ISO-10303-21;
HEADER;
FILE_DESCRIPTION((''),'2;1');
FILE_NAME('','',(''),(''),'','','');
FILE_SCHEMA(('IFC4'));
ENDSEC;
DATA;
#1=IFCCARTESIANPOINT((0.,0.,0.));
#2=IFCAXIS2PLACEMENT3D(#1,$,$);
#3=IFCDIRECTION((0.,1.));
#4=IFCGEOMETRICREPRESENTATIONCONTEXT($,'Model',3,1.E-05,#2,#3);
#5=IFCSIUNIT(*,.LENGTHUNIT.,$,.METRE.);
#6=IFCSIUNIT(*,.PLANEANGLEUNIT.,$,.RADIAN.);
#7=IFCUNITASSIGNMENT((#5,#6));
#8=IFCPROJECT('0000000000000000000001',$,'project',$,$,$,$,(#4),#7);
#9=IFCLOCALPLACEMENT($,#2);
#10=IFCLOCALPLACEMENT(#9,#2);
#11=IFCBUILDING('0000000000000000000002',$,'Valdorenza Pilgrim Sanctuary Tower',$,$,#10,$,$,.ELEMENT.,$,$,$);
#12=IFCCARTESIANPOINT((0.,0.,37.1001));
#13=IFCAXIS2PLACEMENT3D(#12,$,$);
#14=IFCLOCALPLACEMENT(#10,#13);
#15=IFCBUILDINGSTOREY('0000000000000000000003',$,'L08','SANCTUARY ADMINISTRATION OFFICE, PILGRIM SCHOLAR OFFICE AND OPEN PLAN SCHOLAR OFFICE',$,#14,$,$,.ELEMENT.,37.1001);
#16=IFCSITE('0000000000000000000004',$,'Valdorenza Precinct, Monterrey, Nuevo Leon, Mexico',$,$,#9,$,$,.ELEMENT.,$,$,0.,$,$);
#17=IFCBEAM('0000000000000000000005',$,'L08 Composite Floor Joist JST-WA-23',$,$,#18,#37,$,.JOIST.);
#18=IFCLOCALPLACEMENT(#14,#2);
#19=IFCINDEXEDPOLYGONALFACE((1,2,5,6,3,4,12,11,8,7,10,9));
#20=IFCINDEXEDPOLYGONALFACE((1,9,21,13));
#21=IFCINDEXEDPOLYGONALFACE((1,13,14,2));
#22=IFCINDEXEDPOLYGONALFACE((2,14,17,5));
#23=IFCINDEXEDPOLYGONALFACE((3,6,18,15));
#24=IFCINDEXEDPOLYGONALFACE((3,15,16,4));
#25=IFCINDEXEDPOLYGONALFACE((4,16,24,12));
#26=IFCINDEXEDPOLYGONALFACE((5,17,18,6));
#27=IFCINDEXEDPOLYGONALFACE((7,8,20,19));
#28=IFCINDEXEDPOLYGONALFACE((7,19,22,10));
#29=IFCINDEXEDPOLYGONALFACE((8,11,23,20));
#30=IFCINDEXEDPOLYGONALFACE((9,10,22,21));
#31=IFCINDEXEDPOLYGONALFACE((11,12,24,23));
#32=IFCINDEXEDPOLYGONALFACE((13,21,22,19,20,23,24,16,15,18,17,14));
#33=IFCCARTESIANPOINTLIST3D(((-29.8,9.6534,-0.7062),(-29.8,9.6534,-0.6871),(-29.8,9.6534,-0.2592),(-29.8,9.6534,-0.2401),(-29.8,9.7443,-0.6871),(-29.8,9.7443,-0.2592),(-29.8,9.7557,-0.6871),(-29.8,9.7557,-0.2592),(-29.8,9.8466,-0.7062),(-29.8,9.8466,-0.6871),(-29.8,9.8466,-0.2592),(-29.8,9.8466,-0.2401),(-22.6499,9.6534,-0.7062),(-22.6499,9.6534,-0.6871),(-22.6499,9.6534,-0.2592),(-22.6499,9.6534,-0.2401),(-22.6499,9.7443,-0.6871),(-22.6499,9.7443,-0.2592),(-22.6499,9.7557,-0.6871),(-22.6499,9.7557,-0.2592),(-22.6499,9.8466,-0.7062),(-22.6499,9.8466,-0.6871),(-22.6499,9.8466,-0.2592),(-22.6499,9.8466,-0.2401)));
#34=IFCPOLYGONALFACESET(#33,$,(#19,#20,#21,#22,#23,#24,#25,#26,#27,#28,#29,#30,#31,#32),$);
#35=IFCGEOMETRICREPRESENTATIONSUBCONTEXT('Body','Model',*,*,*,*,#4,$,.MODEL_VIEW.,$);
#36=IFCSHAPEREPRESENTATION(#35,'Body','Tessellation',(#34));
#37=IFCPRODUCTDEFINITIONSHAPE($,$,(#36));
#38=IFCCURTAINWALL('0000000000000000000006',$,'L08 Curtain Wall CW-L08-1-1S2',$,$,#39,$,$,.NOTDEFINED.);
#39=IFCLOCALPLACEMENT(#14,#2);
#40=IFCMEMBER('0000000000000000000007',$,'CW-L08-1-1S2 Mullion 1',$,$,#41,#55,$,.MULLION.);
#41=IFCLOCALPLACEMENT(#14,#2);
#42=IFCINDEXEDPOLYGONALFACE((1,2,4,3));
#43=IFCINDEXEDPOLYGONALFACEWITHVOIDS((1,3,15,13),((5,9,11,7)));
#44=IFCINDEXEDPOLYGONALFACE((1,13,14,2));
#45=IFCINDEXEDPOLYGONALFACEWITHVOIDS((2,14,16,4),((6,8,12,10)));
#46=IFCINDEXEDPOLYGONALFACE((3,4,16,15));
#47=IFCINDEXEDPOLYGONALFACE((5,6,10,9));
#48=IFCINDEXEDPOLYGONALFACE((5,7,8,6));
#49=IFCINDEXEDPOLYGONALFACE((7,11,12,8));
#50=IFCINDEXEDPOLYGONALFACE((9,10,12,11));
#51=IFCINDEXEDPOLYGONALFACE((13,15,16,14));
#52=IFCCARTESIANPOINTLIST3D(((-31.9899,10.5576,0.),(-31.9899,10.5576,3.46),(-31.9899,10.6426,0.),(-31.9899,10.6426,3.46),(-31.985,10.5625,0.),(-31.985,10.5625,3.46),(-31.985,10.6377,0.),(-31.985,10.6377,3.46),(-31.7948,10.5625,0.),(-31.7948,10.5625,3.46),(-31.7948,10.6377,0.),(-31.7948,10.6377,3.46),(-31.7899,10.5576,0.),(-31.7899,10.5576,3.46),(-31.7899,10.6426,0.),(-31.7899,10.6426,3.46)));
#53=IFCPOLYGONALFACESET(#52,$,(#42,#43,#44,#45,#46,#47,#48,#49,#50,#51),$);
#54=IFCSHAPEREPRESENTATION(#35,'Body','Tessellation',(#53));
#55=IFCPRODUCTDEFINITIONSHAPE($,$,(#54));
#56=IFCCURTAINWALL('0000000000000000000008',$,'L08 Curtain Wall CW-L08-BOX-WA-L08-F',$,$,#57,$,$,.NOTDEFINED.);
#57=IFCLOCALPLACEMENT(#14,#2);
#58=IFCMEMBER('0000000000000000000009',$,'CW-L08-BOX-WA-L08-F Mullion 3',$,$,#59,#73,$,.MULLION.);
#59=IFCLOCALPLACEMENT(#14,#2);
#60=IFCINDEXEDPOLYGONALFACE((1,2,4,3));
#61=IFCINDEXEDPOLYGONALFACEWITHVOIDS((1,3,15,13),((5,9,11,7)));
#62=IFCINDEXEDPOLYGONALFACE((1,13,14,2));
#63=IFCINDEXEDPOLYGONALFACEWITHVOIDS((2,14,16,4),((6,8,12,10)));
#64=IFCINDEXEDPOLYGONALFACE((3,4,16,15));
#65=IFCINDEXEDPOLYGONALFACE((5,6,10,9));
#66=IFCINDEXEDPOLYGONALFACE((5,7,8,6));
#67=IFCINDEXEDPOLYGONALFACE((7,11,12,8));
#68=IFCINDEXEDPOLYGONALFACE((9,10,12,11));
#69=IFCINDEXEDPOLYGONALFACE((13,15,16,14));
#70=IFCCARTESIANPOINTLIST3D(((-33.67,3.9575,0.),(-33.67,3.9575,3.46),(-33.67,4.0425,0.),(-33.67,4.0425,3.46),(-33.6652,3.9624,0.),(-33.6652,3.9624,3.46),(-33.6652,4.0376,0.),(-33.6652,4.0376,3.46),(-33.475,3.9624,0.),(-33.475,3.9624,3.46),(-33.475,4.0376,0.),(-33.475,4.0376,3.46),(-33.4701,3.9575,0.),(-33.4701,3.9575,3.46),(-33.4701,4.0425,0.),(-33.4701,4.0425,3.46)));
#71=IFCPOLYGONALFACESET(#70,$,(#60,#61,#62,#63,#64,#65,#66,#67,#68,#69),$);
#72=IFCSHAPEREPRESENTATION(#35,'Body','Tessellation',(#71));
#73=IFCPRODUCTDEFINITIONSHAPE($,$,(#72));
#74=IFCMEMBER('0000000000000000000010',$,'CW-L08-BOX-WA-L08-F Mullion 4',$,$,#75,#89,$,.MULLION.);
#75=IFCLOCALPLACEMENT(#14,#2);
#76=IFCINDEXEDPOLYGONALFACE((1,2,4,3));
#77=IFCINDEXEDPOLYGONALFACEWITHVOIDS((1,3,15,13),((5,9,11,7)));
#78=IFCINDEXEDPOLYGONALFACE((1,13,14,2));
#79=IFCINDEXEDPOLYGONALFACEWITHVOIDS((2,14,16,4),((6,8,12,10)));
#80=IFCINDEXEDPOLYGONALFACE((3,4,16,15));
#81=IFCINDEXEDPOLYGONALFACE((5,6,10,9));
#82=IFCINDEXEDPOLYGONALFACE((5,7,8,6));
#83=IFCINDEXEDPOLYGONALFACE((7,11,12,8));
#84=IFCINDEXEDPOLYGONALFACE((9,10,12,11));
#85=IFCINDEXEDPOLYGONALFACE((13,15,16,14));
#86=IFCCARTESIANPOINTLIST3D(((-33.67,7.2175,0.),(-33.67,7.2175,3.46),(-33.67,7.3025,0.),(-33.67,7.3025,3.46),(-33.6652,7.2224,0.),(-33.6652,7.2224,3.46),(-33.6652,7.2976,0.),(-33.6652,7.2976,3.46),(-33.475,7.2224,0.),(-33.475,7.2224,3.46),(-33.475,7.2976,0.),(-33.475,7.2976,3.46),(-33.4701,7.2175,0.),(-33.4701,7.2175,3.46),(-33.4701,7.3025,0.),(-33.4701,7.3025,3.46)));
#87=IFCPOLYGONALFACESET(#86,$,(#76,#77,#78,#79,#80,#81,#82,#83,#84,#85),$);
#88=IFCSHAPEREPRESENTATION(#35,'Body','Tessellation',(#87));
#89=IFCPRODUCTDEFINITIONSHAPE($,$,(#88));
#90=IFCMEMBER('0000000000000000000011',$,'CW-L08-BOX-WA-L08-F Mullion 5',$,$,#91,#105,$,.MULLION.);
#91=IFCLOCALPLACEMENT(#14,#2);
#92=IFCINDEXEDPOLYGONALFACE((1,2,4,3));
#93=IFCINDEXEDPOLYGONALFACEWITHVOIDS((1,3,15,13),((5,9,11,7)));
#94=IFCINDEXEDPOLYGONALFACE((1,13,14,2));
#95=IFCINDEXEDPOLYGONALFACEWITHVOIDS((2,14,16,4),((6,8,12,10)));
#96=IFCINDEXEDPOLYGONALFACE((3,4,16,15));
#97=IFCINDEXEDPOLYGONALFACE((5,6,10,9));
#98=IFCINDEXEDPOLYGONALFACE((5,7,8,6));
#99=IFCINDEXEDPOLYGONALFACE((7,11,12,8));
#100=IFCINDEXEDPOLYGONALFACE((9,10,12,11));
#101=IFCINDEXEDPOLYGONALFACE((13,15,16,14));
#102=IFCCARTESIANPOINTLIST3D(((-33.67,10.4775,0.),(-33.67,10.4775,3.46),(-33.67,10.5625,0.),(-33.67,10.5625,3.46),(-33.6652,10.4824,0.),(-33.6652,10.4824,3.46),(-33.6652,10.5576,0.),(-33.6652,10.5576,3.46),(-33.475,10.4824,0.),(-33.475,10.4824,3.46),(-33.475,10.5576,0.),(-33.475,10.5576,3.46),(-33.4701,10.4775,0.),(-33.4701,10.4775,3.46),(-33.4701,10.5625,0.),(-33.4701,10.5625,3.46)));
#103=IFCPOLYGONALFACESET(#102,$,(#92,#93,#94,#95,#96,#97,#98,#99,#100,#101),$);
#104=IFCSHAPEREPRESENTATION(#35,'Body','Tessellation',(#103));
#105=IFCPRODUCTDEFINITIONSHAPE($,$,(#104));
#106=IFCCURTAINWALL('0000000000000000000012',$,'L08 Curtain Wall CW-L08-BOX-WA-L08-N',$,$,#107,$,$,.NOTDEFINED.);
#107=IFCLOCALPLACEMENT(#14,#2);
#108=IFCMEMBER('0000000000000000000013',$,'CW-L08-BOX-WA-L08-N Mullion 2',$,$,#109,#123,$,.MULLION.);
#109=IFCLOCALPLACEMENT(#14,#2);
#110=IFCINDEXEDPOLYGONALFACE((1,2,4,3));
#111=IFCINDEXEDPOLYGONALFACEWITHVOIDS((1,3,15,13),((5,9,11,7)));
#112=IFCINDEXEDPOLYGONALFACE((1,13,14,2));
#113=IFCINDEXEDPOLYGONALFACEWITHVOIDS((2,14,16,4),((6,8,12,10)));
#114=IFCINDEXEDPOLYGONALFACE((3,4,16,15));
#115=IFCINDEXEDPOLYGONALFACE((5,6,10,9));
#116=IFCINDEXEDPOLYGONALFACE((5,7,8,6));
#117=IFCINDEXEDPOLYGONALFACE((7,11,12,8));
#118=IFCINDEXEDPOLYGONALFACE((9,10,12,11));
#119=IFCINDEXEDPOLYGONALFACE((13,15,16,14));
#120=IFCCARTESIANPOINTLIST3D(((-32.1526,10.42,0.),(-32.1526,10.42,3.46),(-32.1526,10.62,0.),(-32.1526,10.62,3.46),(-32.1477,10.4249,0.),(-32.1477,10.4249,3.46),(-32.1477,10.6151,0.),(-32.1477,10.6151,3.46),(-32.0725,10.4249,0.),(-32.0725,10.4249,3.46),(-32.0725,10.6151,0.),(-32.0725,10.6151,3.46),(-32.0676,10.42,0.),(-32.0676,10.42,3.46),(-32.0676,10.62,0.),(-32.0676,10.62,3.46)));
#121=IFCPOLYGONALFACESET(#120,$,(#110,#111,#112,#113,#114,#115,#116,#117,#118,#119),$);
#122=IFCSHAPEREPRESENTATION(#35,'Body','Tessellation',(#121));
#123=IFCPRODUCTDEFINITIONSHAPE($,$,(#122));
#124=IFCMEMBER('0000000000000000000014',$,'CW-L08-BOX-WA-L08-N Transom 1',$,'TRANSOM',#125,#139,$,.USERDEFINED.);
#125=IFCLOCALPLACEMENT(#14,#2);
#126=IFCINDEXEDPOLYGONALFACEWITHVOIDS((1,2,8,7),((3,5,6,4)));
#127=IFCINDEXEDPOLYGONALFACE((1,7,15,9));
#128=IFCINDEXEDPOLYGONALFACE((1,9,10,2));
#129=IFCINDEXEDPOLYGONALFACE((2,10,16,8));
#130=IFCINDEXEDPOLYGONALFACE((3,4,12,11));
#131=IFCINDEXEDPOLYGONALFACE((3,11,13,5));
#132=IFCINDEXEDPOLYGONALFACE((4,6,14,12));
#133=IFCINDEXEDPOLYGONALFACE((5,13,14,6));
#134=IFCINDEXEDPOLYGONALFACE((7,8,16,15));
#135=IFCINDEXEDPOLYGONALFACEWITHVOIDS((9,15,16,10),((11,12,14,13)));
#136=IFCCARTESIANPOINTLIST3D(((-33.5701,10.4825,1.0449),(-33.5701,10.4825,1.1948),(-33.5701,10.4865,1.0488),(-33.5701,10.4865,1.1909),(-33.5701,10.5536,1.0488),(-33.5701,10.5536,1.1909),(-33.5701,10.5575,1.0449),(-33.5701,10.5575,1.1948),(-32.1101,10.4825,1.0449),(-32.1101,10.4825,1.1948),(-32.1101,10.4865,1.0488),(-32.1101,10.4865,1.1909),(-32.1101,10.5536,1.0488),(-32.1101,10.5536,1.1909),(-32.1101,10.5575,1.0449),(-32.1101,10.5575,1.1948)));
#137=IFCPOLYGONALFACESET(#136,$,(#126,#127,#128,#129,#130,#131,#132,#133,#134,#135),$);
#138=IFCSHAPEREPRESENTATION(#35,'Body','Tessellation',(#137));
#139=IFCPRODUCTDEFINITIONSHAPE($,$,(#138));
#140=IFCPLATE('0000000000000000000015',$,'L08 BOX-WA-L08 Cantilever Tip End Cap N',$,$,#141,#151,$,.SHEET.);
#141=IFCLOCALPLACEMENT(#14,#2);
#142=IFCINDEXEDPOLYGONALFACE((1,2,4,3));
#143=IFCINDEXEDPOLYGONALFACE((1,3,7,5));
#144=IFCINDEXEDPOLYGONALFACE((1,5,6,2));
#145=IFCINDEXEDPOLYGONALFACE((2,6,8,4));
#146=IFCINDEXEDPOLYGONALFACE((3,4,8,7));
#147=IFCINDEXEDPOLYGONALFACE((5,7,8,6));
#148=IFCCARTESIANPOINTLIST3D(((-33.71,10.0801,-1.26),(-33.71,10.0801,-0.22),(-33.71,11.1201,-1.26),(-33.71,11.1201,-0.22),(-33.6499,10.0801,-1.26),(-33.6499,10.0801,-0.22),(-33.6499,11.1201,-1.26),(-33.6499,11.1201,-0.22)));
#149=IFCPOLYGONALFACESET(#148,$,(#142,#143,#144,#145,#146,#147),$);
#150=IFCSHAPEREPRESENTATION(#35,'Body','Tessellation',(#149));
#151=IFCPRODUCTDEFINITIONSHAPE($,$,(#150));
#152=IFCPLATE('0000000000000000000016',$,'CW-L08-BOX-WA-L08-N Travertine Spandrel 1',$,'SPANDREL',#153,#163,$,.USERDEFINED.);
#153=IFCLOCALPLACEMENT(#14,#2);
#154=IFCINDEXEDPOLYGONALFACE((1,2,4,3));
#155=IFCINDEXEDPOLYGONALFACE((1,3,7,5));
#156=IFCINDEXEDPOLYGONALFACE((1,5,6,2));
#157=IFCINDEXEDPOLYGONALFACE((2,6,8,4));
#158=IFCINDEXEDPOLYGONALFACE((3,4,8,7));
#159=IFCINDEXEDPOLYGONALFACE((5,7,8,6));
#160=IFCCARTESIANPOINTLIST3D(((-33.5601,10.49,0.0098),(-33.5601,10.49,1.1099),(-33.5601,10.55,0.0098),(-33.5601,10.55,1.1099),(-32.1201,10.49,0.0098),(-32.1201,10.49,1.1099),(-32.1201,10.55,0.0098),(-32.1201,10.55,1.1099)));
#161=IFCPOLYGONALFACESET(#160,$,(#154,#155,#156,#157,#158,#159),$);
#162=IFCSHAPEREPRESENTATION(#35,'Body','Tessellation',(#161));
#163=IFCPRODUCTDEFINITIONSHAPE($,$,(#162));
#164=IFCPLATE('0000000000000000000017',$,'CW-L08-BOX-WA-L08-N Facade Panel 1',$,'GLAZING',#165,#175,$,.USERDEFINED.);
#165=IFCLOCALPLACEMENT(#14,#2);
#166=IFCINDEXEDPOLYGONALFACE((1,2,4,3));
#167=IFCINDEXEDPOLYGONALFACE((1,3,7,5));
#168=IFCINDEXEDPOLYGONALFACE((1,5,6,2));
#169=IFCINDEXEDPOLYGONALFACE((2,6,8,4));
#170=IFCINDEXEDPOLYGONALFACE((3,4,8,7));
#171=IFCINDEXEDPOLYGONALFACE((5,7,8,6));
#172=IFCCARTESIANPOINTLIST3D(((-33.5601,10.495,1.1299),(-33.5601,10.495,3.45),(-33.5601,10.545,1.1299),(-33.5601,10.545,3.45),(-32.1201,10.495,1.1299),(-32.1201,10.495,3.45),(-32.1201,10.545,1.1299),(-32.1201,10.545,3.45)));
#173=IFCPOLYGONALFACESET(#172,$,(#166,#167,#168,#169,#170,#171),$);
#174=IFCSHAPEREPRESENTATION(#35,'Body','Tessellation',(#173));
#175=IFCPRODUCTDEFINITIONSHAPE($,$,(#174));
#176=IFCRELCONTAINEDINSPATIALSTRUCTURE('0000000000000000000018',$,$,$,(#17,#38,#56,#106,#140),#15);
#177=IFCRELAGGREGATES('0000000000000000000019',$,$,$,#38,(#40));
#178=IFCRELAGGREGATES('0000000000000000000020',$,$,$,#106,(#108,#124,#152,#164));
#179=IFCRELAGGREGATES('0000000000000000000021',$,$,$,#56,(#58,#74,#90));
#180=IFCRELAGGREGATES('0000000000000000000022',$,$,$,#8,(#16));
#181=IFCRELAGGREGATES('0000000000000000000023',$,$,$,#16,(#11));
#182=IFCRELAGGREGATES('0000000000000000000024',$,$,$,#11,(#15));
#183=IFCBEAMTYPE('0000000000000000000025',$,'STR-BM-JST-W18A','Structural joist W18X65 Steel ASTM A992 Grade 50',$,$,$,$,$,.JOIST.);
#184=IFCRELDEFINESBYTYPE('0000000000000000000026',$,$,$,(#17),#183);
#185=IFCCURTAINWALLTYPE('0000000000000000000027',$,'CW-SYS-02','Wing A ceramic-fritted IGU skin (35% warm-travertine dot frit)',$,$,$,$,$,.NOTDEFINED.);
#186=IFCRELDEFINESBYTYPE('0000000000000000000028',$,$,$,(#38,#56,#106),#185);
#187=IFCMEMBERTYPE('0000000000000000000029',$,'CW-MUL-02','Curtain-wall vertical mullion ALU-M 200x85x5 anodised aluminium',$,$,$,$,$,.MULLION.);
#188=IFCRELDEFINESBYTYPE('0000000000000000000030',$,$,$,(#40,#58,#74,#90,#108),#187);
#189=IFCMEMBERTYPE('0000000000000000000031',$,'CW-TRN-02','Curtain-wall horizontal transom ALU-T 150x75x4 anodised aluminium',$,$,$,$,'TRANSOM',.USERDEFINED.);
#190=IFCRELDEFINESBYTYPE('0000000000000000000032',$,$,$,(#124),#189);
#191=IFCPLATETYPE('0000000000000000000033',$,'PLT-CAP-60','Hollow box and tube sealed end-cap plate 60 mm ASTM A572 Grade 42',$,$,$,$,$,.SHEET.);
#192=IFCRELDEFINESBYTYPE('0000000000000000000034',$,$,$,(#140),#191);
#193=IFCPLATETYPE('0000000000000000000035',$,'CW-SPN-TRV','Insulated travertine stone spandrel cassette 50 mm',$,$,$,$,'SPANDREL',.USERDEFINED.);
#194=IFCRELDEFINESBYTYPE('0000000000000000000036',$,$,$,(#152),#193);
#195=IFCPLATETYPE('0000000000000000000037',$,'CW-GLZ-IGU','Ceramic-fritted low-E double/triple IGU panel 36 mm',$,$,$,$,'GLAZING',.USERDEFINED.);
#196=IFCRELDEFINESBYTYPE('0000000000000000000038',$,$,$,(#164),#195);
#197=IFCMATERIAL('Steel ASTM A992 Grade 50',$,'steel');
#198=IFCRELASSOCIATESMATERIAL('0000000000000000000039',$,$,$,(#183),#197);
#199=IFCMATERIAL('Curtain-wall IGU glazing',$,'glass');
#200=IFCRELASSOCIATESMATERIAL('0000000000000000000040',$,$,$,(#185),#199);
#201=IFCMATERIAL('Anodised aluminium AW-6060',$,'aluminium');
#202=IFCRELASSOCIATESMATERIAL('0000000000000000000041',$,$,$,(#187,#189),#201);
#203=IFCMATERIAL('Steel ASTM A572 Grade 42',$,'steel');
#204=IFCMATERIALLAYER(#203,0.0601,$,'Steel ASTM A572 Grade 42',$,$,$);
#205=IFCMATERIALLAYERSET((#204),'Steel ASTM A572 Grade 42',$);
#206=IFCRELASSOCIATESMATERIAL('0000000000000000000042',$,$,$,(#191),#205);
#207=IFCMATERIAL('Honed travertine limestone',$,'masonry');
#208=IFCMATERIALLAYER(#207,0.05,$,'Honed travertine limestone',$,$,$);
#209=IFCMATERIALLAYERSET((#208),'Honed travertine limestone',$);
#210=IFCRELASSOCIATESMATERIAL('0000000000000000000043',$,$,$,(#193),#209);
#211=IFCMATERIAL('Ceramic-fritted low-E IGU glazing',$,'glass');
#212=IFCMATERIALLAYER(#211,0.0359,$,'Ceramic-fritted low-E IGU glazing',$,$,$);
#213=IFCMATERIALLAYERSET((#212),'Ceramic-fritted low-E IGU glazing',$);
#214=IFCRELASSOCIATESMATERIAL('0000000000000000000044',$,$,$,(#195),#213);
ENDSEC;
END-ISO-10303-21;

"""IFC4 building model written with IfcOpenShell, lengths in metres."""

from ifc_helpers import new_model, si_unit, direction, frame, origin, origin_2d, place, context, subcontext, project, spatial, rectangle, hollow_rectangle, i_section, extrude, source, transform, mapped, material, layer, layer_set, material_profile, profile_set, type_object, element, aggregate, save


model = new_model("IFC4")

# Units and contexts
model_context = context("Model", 3, precision=1e-05, world=origin(), true_north=direction((0.0, 1.0)))
body_context = subcontext(model_context, "Body", "Model", "MODEL_VIEW")
ifc_project = project(units=[si_unit("LENGTHUNIT", "METRE"), si_unit("PLANEANGLEUNIT", "RADIAN")], contexts=[model_context])

# Site, building, storey
site_placement = place(None, origin())
site = spatial("IfcSite", under=ifc_project, at=site_placement, Name="Valdorenza Precinct, Monterrey, Nuevo Leon, Mexico", CompositionType="ELEMENT", RefElevation=0.0)
building_placement = place(site_placement, origin())
building = spatial("IfcBuilding", under=site, at=building_placement, Name="Valdorenza Pilgrim Sanctuary Tower", CompositionType="ELEMENT")
storey_placement = place(building_placement, frame((0.0, 0.0, 37.1001)))
storey = spatial("IfcBuildingStorey", under=building, at=storey_placement, Name="L08", Description="SANCTUARY ADMINISTRATION OFFICE, PILGRIM SCHOLAR OFFICE AND OPEN PLAN SCHOLAR OFFICE", CompositionType="ELEMENT", Elevation=37.1001)

# Beam
ifc_material_1 = material(Name="Steel ASTM A992 Grade 50", Category="steel")
ifc_material_profile_1 = material_profile(ifc_material_1, i_section(OverallWidth=0.1931, OverallDepth=0.4661, WebThickness=0.0115, FlangeThickness=0.019, at=origin_2d()), Name="W18X65")
ifc_profile_set_1 = profile_set([ifc_material_profile_1], Name="Steel ASTM A992 Grade 50")
beam_type = type_object("IfcBeamType", Name="STR-BM-JST-W18A", Description="Structural joist W18X65 Steel ASTM A992 Grade 50", PredefinedType="JOIST", material=ifc_profile_set_1)
shared_shape_1 = source(origin(), body_context, "Body", "SweptSolid", [
    extrude(i_section(OverallWidth=0.1931, OverallDepth=0.4661, WebThickness=0.0115, FlangeThickness=0.019, at=origin_2d()), origin(), (0.0, 0.0, 1.0), 7.1501),
])
for number, where, z_axis, x_axis, name in (
    (1, (-29.8, 9.75, -0.4731), (1.0, 0.0, 0.0), (0.0, 1.0, 0.0), "L08 Composite Floor Joist JST-WA-23"),
):
    element("IfcBeam", number, at=place(storey_placement, frame(where, z_axis=z_axis, x_axis=x_axis)), inside=storey, type_object=beam_type, Name=name, PredefinedType="JOIST", context=body_context, shape_type="MappedRepresentation", body=[
        mapped(shared_shape_1, transform((0.0, 0.0, 0.0), x_axis=(1.0, 0.0, 0.0), y_axis=(0.0, 1.0, 0.0), z_axis=(0.0, 0.0, 1.0), scale=1.0)),
    ])

# Curtain wall, member
ifc_material_2 = material(Name="Curtain-wall IGU glazing", Category="glass")
curtain_wall_type = type_object("IfcCurtainWallType", Name="CW-SYS-02", Description="Wing A ceramic-fritted IGU skin (35% warm-travertine dot frit)", PredefinedType="NOTDEFINED", material=ifc_material_2)
curtain_wall_1_placement = place(storey_placement, origin())
curtain_wall_1 = element("IfcCurtainWall", 2, at=curtain_wall_1_placement, inside=storey, type_object=curtain_wall_type, Name="L08 Curtain Wall CW-L08-1-1S2", PredefinedType="NOTDEFINED")
ifc_material_3 = material(Name="Anodised aluminium AW-6060", Category="aluminium")
ifc_material_profile_2 = material_profile(ifc_material_3, hollow_rectangle(XDim=0.085, YDim=0.2, WallThickness=0.0049, at=origin_2d()), Name="ALU-M 200x85x5")
ifc_profile_set_2 = profile_set([ifc_material_profile_2], Name="Anodised aluminium AW-6060")
member_type_1 = type_object("IfcMemberType", Name="CW-MUL-02", Description="Curtain-wall vertical mullion ALU-M 200x85x5 anodised aluminium", PredefinedType="MULLION", material=ifc_profile_set_2)
shared_shape_2 = source(origin(), body_context, "Body", "SweptSolid", [
    extrude(hollow_rectangle(XDim=0.085, YDim=0.2, WallThickness=0.0049, at=origin_2d()), origin(), (0.0, 0.0, 1.0), 3.46),
])
member_1_placement = place(storey_placement, frame((-31.8899, 10.6001, 0.0), z_axis=(0.0, 0.0, 1.0), x_axis=(0.0, 1.0, 0.0)))
member_1 = element("IfcMember", 3, at=member_1_placement, type_object=member_type_1, Name="CW-L08-1-1S2 Mullion 1", PredefinedType="MULLION", context=body_context, shape_type="MappedRepresentation", body=[
    mapped(shared_shape_2, transform((0.0, 0.0, 0.0), x_axis=(1.0, 0.0, 0.0), y_axis=(0.0, 1.0, 0.0), z_axis=(0.0, 0.0, 1.0), scale=1.0)),
])
aggregate(curtain_wall_1, [member_1])

# Curtain walls, members
curtain_wall_2_placement = place(storey_placement, origin())
curtain_wall_2 = element("IfcCurtainWall", 4, at=curtain_wall_2_placement, inside=storey, type_object=curtain_wall_type, Name="L08 Curtain Wall CW-L08-BOX-WA-L08-F", PredefinedType="NOTDEFINED")
member_2_placement = place(storey_placement, frame((-33.5701, 4.0, 0.0), z_axis=(0.0, 0.0, 1.0), x_axis=(0.0, 1.0, 0.0)))
member_2 = element("IfcMember", 5, at=member_2_placement, type_object=member_type_1, Name="CW-L08-BOX-WA-L08-F Mullion 3", PredefinedType="MULLION", context=body_context, shape_type="MappedRepresentation", body=[
    mapped(shared_shape_2, transform((0.0, 0.0, 0.0), x_axis=(1.0, 0.0, 0.0), y_axis=(0.0, 1.0, 0.0), z_axis=(0.0, 0.0, 1.0), scale=1.0)),
])
member_3_placement = place(storey_placement, frame((-33.5701, 7.26, 0.0), z_axis=(0.0, 0.0, 1.0), x_axis=(0.0, 1.0, 0.0)))
member_3 = element("IfcMember", 6, at=member_3_placement, type_object=member_type_1, Name="CW-L08-BOX-WA-L08-F Mullion 4", PredefinedType="MULLION", context=body_context, shape_type="MappedRepresentation", body=[
    mapped(shared_shape_2, transform((0.0, 0.0, 0.0), x_axis=(1.0, 0.0, 0.0), y_axis=(0.0, 1.0, 0.0), z_axis=(0.0, 0.0, 1.0), scale=1.0)),
])
member_4_placement = place(storey_placement, frame((-33.5701, 10.52, 0.0), z_axis=(0.0, 0.0, 1.0), x_axis=(0.0, 1.0, 0.0)))
member_4 = element("IfcMember", 7, at=member_4_placement, type_object=member_type_1, Name="CW-L08-BOX-WA-L08-F Mullion 5", PredefinedType="MULLION", context=body_context, shape_type="MappedRepresentation", body=[
    mapped(shared_shape_2, transform((0.0, 0.0, 0.0), x_axis=(1.0, 0.0, 0.0), y_axis=(0.0, 1.0, 0.0), z_axis=(0.0, 0.0, 1.0), scale=1.0)),
])
curtain_wall_3_placement = place(storey_placement, origin())
curtain_wall_3 = element("IfcCurtainWall", 8, at=curtain_wall_3_placement, inside=storey, type_object=curtain_wall_type, Name="L08 Curtain Wall CW-L08-BOX-WA-L08-N", PredefinedType="NOTDEFINED")
member_5_placement = place(storey_placement, frame((-32.1101, 10.52, 0.0), z_axis=(0.0, 0.0, 1.0), x_axis=(1.0, 0.0, 0.0)))
member_5 = element("IfcMember", 9, at=member_5_placement, type_object=member_type_1, Name="CW-L08-BOX-WA-L08-N Mullion 2", PredefinedType="MULLION", context=body_context, shape_type="MappedRepresentation", body=[
    mapped(shared_shape_2, transform((0.0, 0.0, 0.0), x_axis=(1.0, 0.0, 0.0), y_axis=(0.0, 1.0, 0.0), z_axis=(0.0, 0.0, 1.0), scale=1.0)),
])
ifc_material_profile_3 = material_profile(ifc_material_3, hollow_rectangle(XDim=0.075, YDim=0.1499, WallThickness=0.0039, at=origin_2d()), Name="ALU-T 150x75x4")
ifc_profile_set_3 = profile_set([ifc_material_profile_3], Name="Anodised aluminium AW-6060")
member_type_2 = type_object("IfcMemberType", Name="CW-TRN-02", Description="Curtain-wall horizontal transom ALU-T 150x75x4 anodised aluminium", ElementType="TRANSOM", PredefinedType="USERDEFINED", material=ifc_profile_set_3)
shared_shape_3 = source(origin(), body_context, "Body", "SweptSolid", [
    extrude(hollow_rectangle(XDim=0.075, YDim=0.1499, WallThickness=0.0039, at=origin_2d()), origin(), (0.0, 0.0, 1.0), 1.46),
])
member_6_placement = place(storey_placement, frame((-33.5701, 10.52, 1.1199), z_axis=(1.0, 0.0, 0.0), x_axis=(0.0, 1.0, 0.0)))
member_6 = element("IfcMember", 10, at=member_6_placement, type_object=member_type_2, Name="CW-L08-BOX-WA-L08-N Transom 1", ObjectType="TRANSOM", PredefinedType="USERDEFINED", context=body_context, shape_type="MappedRepresentation", body=[
    mapped(shared_shape_3, transform((0.0, 0.0, 0.0), x_axis=(1.0, 0.0, 0.0), y_axis=(0.0, 1.0, 0.0), z_axis=(0.0, 0.0, 1.0), scale=1.0)),
])

# Plates
ifc_material_4 = material(Name="Steel ASTM A572 Grade 42", Category="steel")
ifc_layer_1 = layer(ifc_material_4, 0.0601, Name="Steel ASTM A572 Grade 42")
ifc_layer_set_1 = layer_set([ifc_layer_1], Name="Steel ASTM A572 Grade 42")
plate_type_1 = type_object("IfcPlateType", Name="PLT-CAP-60", Description="Hollow box and tube sealed end-cap plate 60 mm ASTM A572 Grade 42", PredefinedType="SHEET", material=ifc_layer_set_1)
shared_shape_4 = source(origin(), body_context, "Body", "SweptSolid", [
    extrude(rectangle(XDim=0.0601, YDim=1.04, at=origin_2d()), origin(), (0.0, 0.0, 1.0), 1.04),
])
plate_1_placement = place(storey_placement, frame((-33.6799, 10.6001, -1.26), z_axis=(0.0, 0.0, 1.0), x_axis=(1.0, 0.0, 0.0)))
element("IfcPlate", 11, at=plate_1_placement, inside=storey, type_object=plate_type_1, Name="L08 BOX-WA-L08 Cantilever Tip End Cap N", PredefinedType="SHEET", context=body_context, shape_type="MappedRepresentation", body=[
    mapped(shared_shape_4, transform((0.0, 0.0, 0.0), x_axis=(1.0, 0.0, 0.0), y_axis=(0.0, 1.0, 0.0), z_axis=(0.0, 0.0, 1.0), scale=1.0)),
])
ifc_material_5 = material(Name="Honed travertine limestone", Category="masonry")
ifc_layer_2 = layer(ifc_material_5, 0.05, Name="Honed travertine limestone")
ifc_layer_set_2 = layer_set([ifc_layer_2], Name="Honed travertine limestone")
plate_type_2 = type_object("IfcPlateType", Name="CW-SPN-TRV", Description="Insulated travertine stone spandrel cassette 50 mm", ElementType="SPANDREL", PredefinedType="USERDEFINED", material=ifc_layer_set_2)
shared_shape_5 = source(origin(), body_context, "Body", "SweptSolid", [
    extrude(rectangle(XDim=1.4399, YDim=0.0601, at=origin_2d()), origin(), (0.0, 0.0, 1.0), 1.1001),
])
plate_2_placement = place(storey_placement, frame((-32.8401, 10.52, 0.0098), z_axis=(0.0, 0.0, 1.0), x_axis=(1.0, 0.0, 0.0)))
plate_2 = element("IfcPlate", 12, at=plate_2_placement, type_object=plate_type_2, Name="CW-L08-BOX-WA-L08-N Travertine Spandrel 1", ObjectType="SPANDREL", PredefinedType="USERDEFINED", context=body_context, shape_type="MappedRepresentation", body=[
    mapped(shared_shape_5, transform((0.0, 0.0, 0.0), x_axis=(1.0, 0.0, 0.0), y_axis=(0.0, 1.0, 0.0), z_axis=(0.0, 0.0, 1.0), scale=1.0)),
])
ifc_material_6 = material(Name="Ceramic-fritted low-E IGU glazing", Category="glass")
ifc_layer_3 = layer(ifc_material_6, 0.0359, Name="Ceramic-fritted low-E IGU glazing")
ifc_layer_set_3 = layer_set([ifc_layer_3], Name="Ceramic-fritted low-E IGU glazing")
plate_type_3 = type_object("IfcPlateType", Name="CW-GLZ-IGU", Description="Ceramic-fritted low-E double/triple IGU panel 36 mm", ElementType="GLAZING", PredefinedType="USERDEFINED", material=ifc_layer_set_3)
shared_shape_6 = source(origin(), body_context, "Body", "SweptSolid", [
    extrude(rectangle(XDim=1.4399, YDim=0.05, at=origin_2d()), origin(), (0.0, 0.0, 1.0), 2.3201),
])
plate_3_placement = place(storey_placement, frame((-32.8401, 10.52, 1.1299), z_axis=(0.0, 0.0, 1.0), x_axis=(1.0, 0.0, 0.0)))
plate_3 = element("IfcPlate", 13, at=plate_3_placement, type_object=plate_type_3, Name="CW-L08-BOX-WA-L08-N Facade Panel 1", ObjectType="GLAZING", PredefinedType="USERDEFINED", context=body_context, shape_type="MappedRepresentation", body=[
    mapped(shared_shape_6, transform((0.0, 0.0, 0.0), x_axis=(1.0, 0.0, 0.0), y_axis=(0.0, 1.0, 0.0), z_axis=(0.0, 0.0, 1.0), scale=1.0)),
])
aggregate(curtain_wall_3, [member_5, member_6, plate_2, plate_3])
aggregate(curtain_wall_2, [member_2, member_3, member_4])

save(model, "model.ifc")
